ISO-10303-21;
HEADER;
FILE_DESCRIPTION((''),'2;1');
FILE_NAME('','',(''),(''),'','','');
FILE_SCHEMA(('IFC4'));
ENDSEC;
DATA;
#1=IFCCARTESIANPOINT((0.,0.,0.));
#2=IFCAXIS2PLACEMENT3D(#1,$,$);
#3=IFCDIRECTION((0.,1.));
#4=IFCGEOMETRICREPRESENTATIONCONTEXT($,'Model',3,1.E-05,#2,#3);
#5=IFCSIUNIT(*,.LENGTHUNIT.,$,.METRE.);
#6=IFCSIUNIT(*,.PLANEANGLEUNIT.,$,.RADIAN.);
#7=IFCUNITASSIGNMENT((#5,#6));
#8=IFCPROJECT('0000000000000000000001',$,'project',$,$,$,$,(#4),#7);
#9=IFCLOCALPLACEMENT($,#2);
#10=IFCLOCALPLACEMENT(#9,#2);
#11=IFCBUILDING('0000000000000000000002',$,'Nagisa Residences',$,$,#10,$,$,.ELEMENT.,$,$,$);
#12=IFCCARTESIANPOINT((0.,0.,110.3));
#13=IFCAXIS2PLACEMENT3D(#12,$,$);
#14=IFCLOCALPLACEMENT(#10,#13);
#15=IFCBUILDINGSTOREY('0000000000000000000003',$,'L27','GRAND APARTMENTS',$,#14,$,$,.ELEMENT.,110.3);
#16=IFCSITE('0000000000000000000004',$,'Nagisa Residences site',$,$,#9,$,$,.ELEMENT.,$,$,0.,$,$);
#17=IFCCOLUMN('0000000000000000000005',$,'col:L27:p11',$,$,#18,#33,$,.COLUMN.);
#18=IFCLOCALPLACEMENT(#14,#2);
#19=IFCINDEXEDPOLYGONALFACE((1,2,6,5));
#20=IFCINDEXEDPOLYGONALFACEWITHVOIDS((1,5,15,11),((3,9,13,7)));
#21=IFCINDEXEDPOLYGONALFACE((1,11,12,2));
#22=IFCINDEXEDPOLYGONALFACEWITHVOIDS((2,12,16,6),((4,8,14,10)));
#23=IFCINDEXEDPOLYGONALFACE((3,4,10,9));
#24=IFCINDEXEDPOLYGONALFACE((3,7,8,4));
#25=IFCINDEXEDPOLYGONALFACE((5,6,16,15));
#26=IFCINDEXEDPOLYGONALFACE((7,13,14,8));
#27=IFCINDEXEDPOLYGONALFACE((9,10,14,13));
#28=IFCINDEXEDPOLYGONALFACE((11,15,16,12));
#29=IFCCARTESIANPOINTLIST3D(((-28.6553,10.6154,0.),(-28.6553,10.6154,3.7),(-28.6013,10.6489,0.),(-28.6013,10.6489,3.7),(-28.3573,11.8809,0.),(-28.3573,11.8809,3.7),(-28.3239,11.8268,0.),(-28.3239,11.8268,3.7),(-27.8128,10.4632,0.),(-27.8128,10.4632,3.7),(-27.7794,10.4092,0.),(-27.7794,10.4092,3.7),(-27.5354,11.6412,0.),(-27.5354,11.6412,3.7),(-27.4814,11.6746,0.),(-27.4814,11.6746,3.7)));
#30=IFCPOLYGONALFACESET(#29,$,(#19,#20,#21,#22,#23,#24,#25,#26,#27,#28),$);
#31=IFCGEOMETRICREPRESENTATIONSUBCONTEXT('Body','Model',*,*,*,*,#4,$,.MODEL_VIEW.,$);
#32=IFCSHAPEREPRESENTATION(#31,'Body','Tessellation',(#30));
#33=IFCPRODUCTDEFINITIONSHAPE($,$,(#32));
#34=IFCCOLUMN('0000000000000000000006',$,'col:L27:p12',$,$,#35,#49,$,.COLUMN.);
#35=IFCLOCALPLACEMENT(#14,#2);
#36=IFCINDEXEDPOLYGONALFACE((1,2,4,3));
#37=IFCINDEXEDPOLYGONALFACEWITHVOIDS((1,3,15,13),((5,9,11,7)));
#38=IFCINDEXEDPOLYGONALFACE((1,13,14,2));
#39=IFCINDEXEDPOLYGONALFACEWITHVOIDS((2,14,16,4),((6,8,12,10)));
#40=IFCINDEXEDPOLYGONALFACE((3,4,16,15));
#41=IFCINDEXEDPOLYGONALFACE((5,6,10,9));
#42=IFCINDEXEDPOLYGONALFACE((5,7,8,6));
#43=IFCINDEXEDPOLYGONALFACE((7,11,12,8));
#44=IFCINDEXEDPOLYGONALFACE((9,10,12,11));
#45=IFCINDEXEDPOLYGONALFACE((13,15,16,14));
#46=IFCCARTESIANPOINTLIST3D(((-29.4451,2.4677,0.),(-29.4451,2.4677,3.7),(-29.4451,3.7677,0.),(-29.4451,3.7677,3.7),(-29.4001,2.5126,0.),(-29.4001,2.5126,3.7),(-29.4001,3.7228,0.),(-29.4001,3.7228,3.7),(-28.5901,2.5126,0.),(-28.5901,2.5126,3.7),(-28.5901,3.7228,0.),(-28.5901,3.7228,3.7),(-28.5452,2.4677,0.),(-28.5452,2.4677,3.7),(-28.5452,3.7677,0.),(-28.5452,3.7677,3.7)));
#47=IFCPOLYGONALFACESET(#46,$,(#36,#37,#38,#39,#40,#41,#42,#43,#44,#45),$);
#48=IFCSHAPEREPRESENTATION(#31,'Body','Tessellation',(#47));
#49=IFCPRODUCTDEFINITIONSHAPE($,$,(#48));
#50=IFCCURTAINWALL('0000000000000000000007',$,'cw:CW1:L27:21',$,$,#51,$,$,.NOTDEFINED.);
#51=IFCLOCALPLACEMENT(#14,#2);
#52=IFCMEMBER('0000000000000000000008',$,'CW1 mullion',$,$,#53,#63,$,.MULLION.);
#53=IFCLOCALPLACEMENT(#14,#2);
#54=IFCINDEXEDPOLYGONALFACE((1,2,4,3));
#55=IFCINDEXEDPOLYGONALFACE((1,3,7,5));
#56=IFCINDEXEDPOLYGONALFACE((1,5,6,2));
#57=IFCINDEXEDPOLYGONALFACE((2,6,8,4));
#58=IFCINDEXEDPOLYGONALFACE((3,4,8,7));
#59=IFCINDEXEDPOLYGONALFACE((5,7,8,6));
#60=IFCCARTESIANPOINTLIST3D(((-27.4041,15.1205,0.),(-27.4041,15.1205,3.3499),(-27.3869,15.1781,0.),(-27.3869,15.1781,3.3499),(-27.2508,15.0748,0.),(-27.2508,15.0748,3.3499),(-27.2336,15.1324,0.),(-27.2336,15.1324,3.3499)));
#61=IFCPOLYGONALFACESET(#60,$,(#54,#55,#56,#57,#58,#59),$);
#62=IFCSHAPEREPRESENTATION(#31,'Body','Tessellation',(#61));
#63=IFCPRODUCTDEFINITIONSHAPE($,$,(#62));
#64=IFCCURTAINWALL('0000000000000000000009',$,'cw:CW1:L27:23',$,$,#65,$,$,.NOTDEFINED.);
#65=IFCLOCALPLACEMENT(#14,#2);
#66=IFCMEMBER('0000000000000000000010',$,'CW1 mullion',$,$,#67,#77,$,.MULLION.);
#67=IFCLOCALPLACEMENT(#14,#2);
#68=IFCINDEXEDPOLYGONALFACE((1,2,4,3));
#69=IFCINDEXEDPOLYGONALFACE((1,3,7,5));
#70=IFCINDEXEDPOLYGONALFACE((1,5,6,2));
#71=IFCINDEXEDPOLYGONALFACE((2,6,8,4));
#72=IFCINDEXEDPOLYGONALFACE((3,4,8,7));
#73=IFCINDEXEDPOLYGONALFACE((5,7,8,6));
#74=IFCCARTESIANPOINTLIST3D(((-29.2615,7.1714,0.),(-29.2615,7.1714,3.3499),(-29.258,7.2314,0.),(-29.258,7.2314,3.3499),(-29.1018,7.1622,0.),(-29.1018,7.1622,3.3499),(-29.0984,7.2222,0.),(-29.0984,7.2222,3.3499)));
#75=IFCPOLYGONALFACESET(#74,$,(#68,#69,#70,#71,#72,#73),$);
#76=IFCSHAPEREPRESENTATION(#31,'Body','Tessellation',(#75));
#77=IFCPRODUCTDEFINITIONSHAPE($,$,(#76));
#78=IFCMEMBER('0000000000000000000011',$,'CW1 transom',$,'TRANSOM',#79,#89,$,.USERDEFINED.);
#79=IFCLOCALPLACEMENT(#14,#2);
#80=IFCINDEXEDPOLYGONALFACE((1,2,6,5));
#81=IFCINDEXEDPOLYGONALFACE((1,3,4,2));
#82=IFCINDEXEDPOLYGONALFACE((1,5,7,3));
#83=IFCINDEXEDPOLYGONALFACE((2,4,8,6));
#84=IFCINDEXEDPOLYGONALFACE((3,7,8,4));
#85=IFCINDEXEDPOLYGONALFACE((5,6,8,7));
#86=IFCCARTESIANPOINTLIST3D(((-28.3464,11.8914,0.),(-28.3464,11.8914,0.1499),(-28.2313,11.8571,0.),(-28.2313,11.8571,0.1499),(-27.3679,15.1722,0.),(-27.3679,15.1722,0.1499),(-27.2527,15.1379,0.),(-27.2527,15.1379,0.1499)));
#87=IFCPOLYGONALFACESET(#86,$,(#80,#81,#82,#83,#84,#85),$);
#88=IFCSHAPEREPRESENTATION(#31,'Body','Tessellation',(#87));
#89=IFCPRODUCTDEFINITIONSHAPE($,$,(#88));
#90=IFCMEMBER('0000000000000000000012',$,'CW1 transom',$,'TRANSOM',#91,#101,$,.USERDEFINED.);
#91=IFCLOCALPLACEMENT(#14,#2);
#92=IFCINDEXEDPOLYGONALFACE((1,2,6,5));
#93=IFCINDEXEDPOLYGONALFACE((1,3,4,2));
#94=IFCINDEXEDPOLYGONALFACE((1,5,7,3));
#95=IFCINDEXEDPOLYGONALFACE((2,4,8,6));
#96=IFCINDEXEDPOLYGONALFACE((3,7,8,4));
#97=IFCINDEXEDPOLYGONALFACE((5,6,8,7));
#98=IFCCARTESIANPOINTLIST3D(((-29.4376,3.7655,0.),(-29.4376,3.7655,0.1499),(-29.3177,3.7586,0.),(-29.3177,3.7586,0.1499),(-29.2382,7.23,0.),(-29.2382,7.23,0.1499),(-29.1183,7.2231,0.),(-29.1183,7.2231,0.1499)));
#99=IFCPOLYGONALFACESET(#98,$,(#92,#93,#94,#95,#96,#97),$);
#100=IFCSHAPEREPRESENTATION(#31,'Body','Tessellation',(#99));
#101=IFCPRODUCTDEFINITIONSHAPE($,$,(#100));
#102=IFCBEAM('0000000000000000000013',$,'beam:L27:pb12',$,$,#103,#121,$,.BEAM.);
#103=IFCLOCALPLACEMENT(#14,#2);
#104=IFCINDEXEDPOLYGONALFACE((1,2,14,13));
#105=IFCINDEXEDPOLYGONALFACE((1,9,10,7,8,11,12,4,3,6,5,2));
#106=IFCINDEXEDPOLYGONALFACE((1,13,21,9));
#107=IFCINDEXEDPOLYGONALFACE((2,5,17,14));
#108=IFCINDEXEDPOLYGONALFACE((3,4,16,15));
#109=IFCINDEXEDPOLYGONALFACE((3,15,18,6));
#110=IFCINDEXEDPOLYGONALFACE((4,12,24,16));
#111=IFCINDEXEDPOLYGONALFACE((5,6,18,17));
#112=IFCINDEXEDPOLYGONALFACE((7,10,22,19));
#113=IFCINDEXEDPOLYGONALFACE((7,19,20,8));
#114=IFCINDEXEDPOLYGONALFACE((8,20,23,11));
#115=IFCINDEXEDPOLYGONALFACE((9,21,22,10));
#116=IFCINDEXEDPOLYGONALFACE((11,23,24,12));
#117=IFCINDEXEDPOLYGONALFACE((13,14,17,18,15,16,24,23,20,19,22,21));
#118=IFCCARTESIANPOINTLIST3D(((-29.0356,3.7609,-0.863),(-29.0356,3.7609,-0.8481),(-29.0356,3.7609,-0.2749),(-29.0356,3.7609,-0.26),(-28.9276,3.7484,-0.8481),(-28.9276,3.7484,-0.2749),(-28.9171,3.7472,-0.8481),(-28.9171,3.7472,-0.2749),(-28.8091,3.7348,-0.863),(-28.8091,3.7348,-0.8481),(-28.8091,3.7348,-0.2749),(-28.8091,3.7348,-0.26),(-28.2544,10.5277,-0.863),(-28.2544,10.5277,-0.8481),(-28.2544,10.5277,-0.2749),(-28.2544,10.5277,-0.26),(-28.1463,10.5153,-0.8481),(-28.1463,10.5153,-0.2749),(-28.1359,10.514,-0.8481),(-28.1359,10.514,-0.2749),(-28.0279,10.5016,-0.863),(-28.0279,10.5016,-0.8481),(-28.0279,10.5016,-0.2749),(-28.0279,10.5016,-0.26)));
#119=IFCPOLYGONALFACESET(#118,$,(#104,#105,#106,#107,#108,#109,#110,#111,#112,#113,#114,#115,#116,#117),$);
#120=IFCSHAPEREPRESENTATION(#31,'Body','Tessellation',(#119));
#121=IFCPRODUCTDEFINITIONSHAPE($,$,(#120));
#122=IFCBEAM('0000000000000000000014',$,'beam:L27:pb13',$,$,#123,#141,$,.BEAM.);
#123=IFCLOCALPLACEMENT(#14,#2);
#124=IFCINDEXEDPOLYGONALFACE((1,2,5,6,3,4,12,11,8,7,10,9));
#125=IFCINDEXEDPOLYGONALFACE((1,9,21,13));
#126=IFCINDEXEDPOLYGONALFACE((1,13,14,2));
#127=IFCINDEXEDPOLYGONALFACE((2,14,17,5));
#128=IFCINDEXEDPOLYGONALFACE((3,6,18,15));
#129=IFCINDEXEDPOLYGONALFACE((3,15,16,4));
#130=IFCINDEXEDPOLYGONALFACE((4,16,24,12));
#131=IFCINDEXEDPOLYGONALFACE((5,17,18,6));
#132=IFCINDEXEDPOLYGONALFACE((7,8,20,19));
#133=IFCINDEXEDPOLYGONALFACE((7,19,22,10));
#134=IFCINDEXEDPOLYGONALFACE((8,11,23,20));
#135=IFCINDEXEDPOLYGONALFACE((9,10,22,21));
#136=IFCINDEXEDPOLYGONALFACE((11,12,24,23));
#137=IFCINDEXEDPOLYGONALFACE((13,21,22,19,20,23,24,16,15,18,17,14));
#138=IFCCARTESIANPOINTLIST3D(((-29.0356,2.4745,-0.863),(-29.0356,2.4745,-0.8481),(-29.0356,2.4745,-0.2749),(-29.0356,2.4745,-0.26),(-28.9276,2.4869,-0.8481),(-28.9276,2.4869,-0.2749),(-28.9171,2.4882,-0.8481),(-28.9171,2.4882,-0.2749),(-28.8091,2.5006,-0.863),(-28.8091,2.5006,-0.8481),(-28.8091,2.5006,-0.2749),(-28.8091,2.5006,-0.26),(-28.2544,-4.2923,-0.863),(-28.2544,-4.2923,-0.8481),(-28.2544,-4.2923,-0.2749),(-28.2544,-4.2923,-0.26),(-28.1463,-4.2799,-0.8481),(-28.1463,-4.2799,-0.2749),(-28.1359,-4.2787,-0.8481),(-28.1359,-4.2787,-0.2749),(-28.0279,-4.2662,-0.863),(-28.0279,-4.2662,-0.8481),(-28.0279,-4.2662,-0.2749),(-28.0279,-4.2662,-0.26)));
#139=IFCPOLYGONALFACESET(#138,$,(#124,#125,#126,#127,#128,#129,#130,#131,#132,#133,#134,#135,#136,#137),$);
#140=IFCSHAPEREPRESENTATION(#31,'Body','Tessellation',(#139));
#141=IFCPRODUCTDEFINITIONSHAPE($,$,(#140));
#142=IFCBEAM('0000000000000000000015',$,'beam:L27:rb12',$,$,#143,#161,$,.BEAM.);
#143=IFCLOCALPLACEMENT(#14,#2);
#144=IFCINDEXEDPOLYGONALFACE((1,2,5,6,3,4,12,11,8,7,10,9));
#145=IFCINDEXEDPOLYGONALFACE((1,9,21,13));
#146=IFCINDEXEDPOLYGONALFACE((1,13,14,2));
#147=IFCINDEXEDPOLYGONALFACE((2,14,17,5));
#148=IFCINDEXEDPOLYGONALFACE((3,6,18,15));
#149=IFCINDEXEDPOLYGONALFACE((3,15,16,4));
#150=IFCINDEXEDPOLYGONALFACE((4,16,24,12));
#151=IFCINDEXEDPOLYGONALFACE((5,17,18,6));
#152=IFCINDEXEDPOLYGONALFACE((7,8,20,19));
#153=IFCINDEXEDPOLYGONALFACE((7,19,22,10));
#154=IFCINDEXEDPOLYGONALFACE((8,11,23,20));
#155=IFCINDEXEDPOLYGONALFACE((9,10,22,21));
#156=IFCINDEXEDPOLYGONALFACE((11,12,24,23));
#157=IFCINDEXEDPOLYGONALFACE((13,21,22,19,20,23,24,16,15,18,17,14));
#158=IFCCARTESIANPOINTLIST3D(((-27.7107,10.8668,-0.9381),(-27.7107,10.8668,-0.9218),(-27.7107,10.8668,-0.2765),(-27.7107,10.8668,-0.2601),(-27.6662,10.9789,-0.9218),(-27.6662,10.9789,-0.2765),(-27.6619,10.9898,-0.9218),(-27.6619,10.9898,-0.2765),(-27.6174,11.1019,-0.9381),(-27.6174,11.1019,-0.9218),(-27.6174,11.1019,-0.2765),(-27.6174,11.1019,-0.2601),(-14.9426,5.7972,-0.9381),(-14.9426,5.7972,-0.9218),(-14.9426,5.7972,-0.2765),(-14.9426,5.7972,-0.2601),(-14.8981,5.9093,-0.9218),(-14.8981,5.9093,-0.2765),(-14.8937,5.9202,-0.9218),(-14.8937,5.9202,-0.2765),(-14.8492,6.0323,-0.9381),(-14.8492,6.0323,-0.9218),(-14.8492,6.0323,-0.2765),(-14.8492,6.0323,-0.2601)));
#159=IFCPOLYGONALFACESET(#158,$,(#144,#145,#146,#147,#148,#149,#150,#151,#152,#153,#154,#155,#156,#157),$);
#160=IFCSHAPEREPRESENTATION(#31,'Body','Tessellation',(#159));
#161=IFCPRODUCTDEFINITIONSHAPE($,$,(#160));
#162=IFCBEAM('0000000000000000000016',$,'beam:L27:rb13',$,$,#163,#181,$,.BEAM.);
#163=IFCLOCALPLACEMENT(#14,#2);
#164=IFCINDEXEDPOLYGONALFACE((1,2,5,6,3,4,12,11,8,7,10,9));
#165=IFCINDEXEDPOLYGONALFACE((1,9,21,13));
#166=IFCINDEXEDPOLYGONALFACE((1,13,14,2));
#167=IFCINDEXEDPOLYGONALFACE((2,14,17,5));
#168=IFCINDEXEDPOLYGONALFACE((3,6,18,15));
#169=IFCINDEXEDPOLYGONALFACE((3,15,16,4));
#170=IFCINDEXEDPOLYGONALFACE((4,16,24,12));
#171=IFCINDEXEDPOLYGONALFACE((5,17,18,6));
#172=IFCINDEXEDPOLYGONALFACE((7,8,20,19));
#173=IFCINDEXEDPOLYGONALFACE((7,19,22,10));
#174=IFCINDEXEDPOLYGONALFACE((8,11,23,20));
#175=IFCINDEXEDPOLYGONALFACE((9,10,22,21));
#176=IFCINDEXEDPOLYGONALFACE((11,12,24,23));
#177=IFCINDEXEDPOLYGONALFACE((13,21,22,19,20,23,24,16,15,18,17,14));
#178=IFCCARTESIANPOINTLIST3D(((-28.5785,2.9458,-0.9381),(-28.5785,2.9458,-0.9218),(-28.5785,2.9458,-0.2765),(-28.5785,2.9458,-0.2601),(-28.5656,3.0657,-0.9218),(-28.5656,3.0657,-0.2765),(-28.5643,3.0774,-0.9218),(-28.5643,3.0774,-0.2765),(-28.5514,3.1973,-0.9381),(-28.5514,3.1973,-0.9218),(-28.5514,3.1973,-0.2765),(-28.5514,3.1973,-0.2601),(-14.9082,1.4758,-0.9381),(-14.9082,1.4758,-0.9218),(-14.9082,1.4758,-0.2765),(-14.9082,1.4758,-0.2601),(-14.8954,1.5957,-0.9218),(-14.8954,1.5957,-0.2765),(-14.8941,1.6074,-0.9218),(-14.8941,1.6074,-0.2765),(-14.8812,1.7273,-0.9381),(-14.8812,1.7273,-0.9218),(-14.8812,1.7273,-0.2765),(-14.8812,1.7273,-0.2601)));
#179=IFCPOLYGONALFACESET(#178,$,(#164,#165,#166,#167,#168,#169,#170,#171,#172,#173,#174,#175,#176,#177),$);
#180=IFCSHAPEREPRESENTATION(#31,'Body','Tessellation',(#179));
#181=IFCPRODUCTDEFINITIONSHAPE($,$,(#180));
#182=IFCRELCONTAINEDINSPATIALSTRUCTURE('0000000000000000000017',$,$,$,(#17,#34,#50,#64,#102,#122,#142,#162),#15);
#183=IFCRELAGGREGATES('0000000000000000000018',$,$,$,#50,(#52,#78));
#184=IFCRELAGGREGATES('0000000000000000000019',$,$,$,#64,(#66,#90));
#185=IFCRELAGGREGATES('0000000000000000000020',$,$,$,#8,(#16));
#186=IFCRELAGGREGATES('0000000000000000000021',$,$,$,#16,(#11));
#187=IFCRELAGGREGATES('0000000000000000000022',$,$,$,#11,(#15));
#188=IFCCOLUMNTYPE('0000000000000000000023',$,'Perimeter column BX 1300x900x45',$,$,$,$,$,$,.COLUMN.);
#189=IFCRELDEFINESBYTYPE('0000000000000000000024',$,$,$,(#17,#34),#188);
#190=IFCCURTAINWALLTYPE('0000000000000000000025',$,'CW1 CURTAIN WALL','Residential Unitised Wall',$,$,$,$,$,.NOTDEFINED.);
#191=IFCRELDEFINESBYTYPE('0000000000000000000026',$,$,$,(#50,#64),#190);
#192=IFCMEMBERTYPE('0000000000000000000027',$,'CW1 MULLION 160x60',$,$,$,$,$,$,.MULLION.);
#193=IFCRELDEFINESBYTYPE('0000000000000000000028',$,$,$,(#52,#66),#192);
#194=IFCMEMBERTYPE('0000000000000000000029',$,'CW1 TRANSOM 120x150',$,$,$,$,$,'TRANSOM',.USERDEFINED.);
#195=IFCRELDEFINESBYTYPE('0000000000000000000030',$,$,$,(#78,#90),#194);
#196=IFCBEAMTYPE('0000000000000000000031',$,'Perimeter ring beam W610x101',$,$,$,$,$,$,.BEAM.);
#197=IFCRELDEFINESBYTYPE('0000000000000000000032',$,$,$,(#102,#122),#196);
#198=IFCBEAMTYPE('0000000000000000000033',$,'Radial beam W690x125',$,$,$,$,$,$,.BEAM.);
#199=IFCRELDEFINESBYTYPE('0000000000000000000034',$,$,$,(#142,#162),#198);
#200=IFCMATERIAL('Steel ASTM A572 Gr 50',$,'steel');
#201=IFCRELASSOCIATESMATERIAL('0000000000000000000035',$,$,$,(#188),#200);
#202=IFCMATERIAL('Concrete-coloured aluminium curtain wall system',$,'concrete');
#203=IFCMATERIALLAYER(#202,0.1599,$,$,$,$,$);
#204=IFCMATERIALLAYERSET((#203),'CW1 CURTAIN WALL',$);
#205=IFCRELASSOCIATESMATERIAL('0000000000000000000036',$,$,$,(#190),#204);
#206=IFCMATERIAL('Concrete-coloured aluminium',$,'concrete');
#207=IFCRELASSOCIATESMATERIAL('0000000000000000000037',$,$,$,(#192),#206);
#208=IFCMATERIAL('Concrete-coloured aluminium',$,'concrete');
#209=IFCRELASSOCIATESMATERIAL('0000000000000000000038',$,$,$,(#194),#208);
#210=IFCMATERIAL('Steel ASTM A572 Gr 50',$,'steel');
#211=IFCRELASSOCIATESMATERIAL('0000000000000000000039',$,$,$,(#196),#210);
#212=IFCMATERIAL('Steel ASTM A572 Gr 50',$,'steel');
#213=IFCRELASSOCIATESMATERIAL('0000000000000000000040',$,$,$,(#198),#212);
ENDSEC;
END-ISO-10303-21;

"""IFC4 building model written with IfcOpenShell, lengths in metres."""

from ifc_helpers import new_model, si_unit, direction, frame, origin, origin_2d, place, context, subcontext, project, spatial, rectangle, hollow_rectangle, i_section, extrude, material, layer, layer_set, material_profile, profile_set, type_object, element, aggregate, save


model = new_model("IFC4")

# Units and contexts
model_context = context("Model", 3, precision=1e-05, world=origin(), true_north=direction((0.0, 1.0)))
body_context = subcontext(model_context, "Body", "Model", "MODEL_VIEW")
ifc_project = project(units=[si_unit("LENGTHUNIT", "METRE"), si_unit("PLANEANGLEUNIT", "RADIAN")], contexts=[model_context])

# Site, building, storey
site_placement = place(None, origin())
site = spatial("IfcSite", under=ifc_project, at=site_placement, Name="Nagisa Residences site", CompositionType="ELEMENT", RefElevation=0.0)
building_placement = place(site_placement, origin())
building = spatial("IfcBuilding", under=site, at=building_placement, Name="Nagisa Residences", CompositionType="ELEMENT")
storey_placement = place(building_placement, frame((0.0, 0.0, 110.3)))
storey = spatial("IfcBuildingStorey", under=building, at=storey_placement, Name="L27", Description="GRAND APARTMENTS", CompositionType="ELEMENT", Elevation=110.3)

# Columns
ifc_material_1 = material(Name="Steel ASTM A572 Gr 50", Category="steel")
ifc_material_profile_1 = material_profile(ifc_material_1, hollow_rectangle(XDim=1.3, YDim=0.8999, WallThickness=0.0449, at=origin_2d()), Name="BX 1300x900x45")
ifc_profile_set_1 = profile_set([ifc_material_profile_1], Name="Steel ASTM A572 Gr 50")
column_type = type_object("IfcColumnType", Name="Perimeter column BX 1300x900x45", PredefinedType="COLUMN", material=ifc_profile_set_1)
for number, where, z_axis, x_axis, name in (
    (1, (-28.0684, 11.145, 0.0), (0.0, 0.0, 1.0), (-0.229202, -0.973379, 0.0), "col:L27:p11"),
    (2, (-28.9951, 3.1177, 0.0), (0.0, 0.0, 1.0), (0.0, -1.0, 0.0), "col:L27:p12"),
):
    element("IfcColumn", number, at=place(storey_placement, frame(where, z_axis=z_axis, x_axis=x_axis)), inside=storey, type_object=column_type, Name=name, PredefinedType="COLUMN", context=body_context, shape_type="SweptSolid", body=[
        extrude(hollow_rectangle(XDim=1.3, YDim=0.8999, WallThickness=0.0449, at=origin_2d()), origin(), (0.0, 0.0, 1.0), 3.7),
    ])

# Curtain walls, members
ifc_material_2 = material(Name="Concrete-coloured aluminium curtain wall system", Category="concrete")
ifc_layer_1 = layer(ifc_material_2, 0.1599)
ifc_layer_set_1 = layer_set([ifc_layer_1], Name="CW1 CURTAIN WALL")
curtain_wall_type = type_object("IfcCurtainWallType", Name="CW1 CURTAIN WALL", Description="Residential Unitised Wall", PredefinedType="NOTDEFINED", material=ifc_layer_set_1)
curtain_wall_1_placement = place(storey_placement, origin())
curtain_wall_1 = element("IfcCurtainWall", 3, at=curtain_wall_1_placement, inside=storey, type_object=curtain_wall_type, Name="cw:CW1:L27:21", PredefinedType="NOTDEFINED")
ifc_material_3 = material(Name="Concrete-coloured aluminium", Category="concrete")
ifc_material_profile_2 = material_profile(ifc_material_3, rectangle(XDim=0.1599, YDim=0.0601, at=origin_2d()), Name="CW1 MULLION 160x60")
ifc_profile_set_2 = profile_set([ifc_material_profile_2], Name="Concrete-coloured aluminium")
member_type_1 = type_object("IfcMemberType", Name="CW1 MULLION 160x60", PredefinedType="MULLION", material=ifc_profile_set_2)
member_1_placement = place(storey_placement, frame((-27.3188, 15.1265, 0.0), z_axis=(0.0, 0.0, 1.0), x_axis=(0.958271, -0.28586, 0.0)))
member_1 = element("IfcMember", 4, at=member_1_placement, type_object=member_type_1, Name="CW1 mullion", PredefinedType="MULLION", context=body_context, shape_type="SweptSolid", body=[
    extrude(rectangle(XDim=0.1599, YDim=0.0601, at=origin_2d()), origin(), (0.0, 0.0, 1.0), 3.3499),
])
curtain_wall_2_placement = place(storey_placement, origin())
curtain_wall_2 = element("IfcCurtainWall", 5, at=curtain_wall_2_placement, inside=storey, type_object=curtain_wall_type, Name="cw:CW1:L27:23", PredefinedType="NOTDEFINED")
member_2_placement = place(storey_placement, frame((-29.1799, 7.1968, 0.0), z_axis=(0.0, 0.0, 1.0), x_axis=(0.998345, -0.057503, 0.0)))
member_2 = element("IfcMember", 6, at=member_2_placement, type_object=member_type_1, Name="CW1 mullion", PredefinedType="MULLION", context=body_context, shape_type="SweptSolid", body=[
    extrude(rectangle(XDim=0.1599, YDim=0.0601, at=origin_2d()), origin(), (0.0, 0.0, 1.0), 3.3499),
])

# Members
ifc_material_4 = material(Name="Concrete-coloured aluminium", Category="concrete")
ifc_material_profile_3 = material_profile(ifc_material_4, rectangle(XDim=0.1201, YDim=0.1499, at=origin_2d()), Name="CW1 TRANSOM 120x150")
ifc_profile_set_3 = profile_set([ifc_material_profile_3], Name="Concrete-coloured aluminium")
member_type_2 = type_object("IfcMemberType", Name="CW1 TRANSOM 120x150", ElementType="TRANSOM", PredefinedType="USERDEFINED", material=ifc_profile_set_3)
member_3_placement = place(storey_placement, frame((-27.3103, 15.155, 0.075), z_axis=(-0.285817, -0.958284, 0.0), x_axis=(0.958284, -0.285817, 0.0)))
member_3 = element("IfcMember", 7, at=member_3_placement, type_object=member_type_2, Name="CW1 transom", ObjectType="TRANSOM", PredefinedType="USERDEFINED", context=body_context, shape_type="SweptSolid", body=[
    extrude(rectangle(XDim=0.1201, YDim=0.1499, at=origin_2d()), origin(), (0.0, 0.0, 1.0), 3.4236),
])
member_4_placement = place(storey_placement, frame((-29.1782, 7.2266, 0.075), z_axis=(-0.057477, -0.998347, 0.0), x_axis=(0.998347, -0.057477, 0.0)))
member_4 = element("IfcMember", 8, at=member_4_placement, type_object=member_type_2, Name="CW1 transom", ObjectType="TRANSOM", PredefinedType="USERDEFINED", context=body_context, shape_type="SweptSolid", body=[
    extrude(rectangle(XDim=0.1201, YDim=0.1499, at=origin_2d()), origin(), (0.0, 0.0, 1.0), 3.4702),
])

# Beams
ifc_material_5 = material(Name="Steel ASTM A572 Gr 50", Category="steel")
ifc_material_profile_4 = material_profile(ifc_material_5, i_section(OverallWidth=0.228, OverallDepth=0.603, WebThickness=0.0105, FlangeThickness=0.0149, at=origin_2d()), Name="W610x101")
ifc_profile_set_4 = profile_set([ifc_material_profile_4], Name="Steel ASTM A572 Gr 50")
beam_type_1 = type_object("IfcBeamType", Name="Perimeter ring beam W610x101", PredefinedType="BEAM", material=ifc_profile_set_4)
for number, where, z_axis, x_axis, name in (
    (9, (-28.1411, 10.5146, -0.5615), (-0.114691, -0.993401, 0.0), (0.993401, -0.114691, 0.0), "beam:L27:pb12"),
    (10, (-28.9224, 2.4875, -0.5615), (0.114691, -0.993401, 0.0), (0.993401, 0.114691, 0.0), "beam:L27:pb13"),
):
    element("IfcBeam", number, at=place(storey_placement, frame(where, z_axis=z_axis, x_axis=x_axis)), inside=storey, type_object=beam_type_1, Name=name, PredefinedType="BEAM", context=body_context, shape_type="SweptSolid", body=[
        extrude(i_section(OverallWidth=0.228, OverallDepth=0.603, WebThickness=0.0105, FlangeThickness=0.0149, at=origin_2d()), origin(), (0.0, 0.0, 1.0), 6.8118),
    ])
ifc_material_6 = material(Name="Steel ASTM A572 Gr 50", Category="steel")
ifc_material_profile_5 = material_profile(ifc_material_6, i_section(OverallWidth=0.2529, OverallDepth=0.678, WebThickness=0.0117, FlangeThickness=0.0164, at=origin_2d()), Name="W690x125")
ifc_profile_set_5 = profile_set([ifc_material_profile_5], Name="Steel ASTM A572 Gr 50")
beam_type_2 = type_object("IfcBeamType", Name="Radial beam W690x125", PredefinedType="BEAM", material=ifc_profile_set_5)
beam_1_placement = place(storey_placement, frame((-27.6641, 10.9844, -0.5991), z_axis=(0.929419, -0.369027, 0.0), x_axis=(0.369027, 0.929419, 0.0)))
element("IfcBeam", 11, at=beam_1_placement, inside=storey, type_object=beam_type_2, Name="beam:L27:rb12", PredefinedType="BEAM", context=body_context, shape_type="SweptSolid", body=[
    extrude(i_section(OverallWidth=0.2529, OverallDepth=0.678, WebThickness=0.0117, FlangeThickness=0.0164, at=origin_2d()), origin(), (0.0, 0.0, 1.0), 13.7378),
])
beam_2_placement = place(storey_placement, frame((-28.5649, 3.0715, -0.5991), z_axis=(0.994268, -0.106915, 0.0), x_axis=(0.106915, 0.994268, 0.0)))
element("IfcBeam", 12, at=beam_2_placement, inside=storey, type_object=beam_type_2, Name="beam:L27:rb13", PredefinedType="BEAM", context=body_context, shape_type="SweptSolid", body=[
    extrude(i_section(OverallWidth=0.2529, OverallDepth=0.678, WebThickness=0.0117, FlangeThickness=0.0164, at=origin_2d()), origin(), (0.0, 0.0, 1.0), 13.749),
])

aggregate(curtain_wall_1, [member_1, member_3])
aggregate(curtain_wall_2, [member_2, member_4])

save(model, "model.ifc")
